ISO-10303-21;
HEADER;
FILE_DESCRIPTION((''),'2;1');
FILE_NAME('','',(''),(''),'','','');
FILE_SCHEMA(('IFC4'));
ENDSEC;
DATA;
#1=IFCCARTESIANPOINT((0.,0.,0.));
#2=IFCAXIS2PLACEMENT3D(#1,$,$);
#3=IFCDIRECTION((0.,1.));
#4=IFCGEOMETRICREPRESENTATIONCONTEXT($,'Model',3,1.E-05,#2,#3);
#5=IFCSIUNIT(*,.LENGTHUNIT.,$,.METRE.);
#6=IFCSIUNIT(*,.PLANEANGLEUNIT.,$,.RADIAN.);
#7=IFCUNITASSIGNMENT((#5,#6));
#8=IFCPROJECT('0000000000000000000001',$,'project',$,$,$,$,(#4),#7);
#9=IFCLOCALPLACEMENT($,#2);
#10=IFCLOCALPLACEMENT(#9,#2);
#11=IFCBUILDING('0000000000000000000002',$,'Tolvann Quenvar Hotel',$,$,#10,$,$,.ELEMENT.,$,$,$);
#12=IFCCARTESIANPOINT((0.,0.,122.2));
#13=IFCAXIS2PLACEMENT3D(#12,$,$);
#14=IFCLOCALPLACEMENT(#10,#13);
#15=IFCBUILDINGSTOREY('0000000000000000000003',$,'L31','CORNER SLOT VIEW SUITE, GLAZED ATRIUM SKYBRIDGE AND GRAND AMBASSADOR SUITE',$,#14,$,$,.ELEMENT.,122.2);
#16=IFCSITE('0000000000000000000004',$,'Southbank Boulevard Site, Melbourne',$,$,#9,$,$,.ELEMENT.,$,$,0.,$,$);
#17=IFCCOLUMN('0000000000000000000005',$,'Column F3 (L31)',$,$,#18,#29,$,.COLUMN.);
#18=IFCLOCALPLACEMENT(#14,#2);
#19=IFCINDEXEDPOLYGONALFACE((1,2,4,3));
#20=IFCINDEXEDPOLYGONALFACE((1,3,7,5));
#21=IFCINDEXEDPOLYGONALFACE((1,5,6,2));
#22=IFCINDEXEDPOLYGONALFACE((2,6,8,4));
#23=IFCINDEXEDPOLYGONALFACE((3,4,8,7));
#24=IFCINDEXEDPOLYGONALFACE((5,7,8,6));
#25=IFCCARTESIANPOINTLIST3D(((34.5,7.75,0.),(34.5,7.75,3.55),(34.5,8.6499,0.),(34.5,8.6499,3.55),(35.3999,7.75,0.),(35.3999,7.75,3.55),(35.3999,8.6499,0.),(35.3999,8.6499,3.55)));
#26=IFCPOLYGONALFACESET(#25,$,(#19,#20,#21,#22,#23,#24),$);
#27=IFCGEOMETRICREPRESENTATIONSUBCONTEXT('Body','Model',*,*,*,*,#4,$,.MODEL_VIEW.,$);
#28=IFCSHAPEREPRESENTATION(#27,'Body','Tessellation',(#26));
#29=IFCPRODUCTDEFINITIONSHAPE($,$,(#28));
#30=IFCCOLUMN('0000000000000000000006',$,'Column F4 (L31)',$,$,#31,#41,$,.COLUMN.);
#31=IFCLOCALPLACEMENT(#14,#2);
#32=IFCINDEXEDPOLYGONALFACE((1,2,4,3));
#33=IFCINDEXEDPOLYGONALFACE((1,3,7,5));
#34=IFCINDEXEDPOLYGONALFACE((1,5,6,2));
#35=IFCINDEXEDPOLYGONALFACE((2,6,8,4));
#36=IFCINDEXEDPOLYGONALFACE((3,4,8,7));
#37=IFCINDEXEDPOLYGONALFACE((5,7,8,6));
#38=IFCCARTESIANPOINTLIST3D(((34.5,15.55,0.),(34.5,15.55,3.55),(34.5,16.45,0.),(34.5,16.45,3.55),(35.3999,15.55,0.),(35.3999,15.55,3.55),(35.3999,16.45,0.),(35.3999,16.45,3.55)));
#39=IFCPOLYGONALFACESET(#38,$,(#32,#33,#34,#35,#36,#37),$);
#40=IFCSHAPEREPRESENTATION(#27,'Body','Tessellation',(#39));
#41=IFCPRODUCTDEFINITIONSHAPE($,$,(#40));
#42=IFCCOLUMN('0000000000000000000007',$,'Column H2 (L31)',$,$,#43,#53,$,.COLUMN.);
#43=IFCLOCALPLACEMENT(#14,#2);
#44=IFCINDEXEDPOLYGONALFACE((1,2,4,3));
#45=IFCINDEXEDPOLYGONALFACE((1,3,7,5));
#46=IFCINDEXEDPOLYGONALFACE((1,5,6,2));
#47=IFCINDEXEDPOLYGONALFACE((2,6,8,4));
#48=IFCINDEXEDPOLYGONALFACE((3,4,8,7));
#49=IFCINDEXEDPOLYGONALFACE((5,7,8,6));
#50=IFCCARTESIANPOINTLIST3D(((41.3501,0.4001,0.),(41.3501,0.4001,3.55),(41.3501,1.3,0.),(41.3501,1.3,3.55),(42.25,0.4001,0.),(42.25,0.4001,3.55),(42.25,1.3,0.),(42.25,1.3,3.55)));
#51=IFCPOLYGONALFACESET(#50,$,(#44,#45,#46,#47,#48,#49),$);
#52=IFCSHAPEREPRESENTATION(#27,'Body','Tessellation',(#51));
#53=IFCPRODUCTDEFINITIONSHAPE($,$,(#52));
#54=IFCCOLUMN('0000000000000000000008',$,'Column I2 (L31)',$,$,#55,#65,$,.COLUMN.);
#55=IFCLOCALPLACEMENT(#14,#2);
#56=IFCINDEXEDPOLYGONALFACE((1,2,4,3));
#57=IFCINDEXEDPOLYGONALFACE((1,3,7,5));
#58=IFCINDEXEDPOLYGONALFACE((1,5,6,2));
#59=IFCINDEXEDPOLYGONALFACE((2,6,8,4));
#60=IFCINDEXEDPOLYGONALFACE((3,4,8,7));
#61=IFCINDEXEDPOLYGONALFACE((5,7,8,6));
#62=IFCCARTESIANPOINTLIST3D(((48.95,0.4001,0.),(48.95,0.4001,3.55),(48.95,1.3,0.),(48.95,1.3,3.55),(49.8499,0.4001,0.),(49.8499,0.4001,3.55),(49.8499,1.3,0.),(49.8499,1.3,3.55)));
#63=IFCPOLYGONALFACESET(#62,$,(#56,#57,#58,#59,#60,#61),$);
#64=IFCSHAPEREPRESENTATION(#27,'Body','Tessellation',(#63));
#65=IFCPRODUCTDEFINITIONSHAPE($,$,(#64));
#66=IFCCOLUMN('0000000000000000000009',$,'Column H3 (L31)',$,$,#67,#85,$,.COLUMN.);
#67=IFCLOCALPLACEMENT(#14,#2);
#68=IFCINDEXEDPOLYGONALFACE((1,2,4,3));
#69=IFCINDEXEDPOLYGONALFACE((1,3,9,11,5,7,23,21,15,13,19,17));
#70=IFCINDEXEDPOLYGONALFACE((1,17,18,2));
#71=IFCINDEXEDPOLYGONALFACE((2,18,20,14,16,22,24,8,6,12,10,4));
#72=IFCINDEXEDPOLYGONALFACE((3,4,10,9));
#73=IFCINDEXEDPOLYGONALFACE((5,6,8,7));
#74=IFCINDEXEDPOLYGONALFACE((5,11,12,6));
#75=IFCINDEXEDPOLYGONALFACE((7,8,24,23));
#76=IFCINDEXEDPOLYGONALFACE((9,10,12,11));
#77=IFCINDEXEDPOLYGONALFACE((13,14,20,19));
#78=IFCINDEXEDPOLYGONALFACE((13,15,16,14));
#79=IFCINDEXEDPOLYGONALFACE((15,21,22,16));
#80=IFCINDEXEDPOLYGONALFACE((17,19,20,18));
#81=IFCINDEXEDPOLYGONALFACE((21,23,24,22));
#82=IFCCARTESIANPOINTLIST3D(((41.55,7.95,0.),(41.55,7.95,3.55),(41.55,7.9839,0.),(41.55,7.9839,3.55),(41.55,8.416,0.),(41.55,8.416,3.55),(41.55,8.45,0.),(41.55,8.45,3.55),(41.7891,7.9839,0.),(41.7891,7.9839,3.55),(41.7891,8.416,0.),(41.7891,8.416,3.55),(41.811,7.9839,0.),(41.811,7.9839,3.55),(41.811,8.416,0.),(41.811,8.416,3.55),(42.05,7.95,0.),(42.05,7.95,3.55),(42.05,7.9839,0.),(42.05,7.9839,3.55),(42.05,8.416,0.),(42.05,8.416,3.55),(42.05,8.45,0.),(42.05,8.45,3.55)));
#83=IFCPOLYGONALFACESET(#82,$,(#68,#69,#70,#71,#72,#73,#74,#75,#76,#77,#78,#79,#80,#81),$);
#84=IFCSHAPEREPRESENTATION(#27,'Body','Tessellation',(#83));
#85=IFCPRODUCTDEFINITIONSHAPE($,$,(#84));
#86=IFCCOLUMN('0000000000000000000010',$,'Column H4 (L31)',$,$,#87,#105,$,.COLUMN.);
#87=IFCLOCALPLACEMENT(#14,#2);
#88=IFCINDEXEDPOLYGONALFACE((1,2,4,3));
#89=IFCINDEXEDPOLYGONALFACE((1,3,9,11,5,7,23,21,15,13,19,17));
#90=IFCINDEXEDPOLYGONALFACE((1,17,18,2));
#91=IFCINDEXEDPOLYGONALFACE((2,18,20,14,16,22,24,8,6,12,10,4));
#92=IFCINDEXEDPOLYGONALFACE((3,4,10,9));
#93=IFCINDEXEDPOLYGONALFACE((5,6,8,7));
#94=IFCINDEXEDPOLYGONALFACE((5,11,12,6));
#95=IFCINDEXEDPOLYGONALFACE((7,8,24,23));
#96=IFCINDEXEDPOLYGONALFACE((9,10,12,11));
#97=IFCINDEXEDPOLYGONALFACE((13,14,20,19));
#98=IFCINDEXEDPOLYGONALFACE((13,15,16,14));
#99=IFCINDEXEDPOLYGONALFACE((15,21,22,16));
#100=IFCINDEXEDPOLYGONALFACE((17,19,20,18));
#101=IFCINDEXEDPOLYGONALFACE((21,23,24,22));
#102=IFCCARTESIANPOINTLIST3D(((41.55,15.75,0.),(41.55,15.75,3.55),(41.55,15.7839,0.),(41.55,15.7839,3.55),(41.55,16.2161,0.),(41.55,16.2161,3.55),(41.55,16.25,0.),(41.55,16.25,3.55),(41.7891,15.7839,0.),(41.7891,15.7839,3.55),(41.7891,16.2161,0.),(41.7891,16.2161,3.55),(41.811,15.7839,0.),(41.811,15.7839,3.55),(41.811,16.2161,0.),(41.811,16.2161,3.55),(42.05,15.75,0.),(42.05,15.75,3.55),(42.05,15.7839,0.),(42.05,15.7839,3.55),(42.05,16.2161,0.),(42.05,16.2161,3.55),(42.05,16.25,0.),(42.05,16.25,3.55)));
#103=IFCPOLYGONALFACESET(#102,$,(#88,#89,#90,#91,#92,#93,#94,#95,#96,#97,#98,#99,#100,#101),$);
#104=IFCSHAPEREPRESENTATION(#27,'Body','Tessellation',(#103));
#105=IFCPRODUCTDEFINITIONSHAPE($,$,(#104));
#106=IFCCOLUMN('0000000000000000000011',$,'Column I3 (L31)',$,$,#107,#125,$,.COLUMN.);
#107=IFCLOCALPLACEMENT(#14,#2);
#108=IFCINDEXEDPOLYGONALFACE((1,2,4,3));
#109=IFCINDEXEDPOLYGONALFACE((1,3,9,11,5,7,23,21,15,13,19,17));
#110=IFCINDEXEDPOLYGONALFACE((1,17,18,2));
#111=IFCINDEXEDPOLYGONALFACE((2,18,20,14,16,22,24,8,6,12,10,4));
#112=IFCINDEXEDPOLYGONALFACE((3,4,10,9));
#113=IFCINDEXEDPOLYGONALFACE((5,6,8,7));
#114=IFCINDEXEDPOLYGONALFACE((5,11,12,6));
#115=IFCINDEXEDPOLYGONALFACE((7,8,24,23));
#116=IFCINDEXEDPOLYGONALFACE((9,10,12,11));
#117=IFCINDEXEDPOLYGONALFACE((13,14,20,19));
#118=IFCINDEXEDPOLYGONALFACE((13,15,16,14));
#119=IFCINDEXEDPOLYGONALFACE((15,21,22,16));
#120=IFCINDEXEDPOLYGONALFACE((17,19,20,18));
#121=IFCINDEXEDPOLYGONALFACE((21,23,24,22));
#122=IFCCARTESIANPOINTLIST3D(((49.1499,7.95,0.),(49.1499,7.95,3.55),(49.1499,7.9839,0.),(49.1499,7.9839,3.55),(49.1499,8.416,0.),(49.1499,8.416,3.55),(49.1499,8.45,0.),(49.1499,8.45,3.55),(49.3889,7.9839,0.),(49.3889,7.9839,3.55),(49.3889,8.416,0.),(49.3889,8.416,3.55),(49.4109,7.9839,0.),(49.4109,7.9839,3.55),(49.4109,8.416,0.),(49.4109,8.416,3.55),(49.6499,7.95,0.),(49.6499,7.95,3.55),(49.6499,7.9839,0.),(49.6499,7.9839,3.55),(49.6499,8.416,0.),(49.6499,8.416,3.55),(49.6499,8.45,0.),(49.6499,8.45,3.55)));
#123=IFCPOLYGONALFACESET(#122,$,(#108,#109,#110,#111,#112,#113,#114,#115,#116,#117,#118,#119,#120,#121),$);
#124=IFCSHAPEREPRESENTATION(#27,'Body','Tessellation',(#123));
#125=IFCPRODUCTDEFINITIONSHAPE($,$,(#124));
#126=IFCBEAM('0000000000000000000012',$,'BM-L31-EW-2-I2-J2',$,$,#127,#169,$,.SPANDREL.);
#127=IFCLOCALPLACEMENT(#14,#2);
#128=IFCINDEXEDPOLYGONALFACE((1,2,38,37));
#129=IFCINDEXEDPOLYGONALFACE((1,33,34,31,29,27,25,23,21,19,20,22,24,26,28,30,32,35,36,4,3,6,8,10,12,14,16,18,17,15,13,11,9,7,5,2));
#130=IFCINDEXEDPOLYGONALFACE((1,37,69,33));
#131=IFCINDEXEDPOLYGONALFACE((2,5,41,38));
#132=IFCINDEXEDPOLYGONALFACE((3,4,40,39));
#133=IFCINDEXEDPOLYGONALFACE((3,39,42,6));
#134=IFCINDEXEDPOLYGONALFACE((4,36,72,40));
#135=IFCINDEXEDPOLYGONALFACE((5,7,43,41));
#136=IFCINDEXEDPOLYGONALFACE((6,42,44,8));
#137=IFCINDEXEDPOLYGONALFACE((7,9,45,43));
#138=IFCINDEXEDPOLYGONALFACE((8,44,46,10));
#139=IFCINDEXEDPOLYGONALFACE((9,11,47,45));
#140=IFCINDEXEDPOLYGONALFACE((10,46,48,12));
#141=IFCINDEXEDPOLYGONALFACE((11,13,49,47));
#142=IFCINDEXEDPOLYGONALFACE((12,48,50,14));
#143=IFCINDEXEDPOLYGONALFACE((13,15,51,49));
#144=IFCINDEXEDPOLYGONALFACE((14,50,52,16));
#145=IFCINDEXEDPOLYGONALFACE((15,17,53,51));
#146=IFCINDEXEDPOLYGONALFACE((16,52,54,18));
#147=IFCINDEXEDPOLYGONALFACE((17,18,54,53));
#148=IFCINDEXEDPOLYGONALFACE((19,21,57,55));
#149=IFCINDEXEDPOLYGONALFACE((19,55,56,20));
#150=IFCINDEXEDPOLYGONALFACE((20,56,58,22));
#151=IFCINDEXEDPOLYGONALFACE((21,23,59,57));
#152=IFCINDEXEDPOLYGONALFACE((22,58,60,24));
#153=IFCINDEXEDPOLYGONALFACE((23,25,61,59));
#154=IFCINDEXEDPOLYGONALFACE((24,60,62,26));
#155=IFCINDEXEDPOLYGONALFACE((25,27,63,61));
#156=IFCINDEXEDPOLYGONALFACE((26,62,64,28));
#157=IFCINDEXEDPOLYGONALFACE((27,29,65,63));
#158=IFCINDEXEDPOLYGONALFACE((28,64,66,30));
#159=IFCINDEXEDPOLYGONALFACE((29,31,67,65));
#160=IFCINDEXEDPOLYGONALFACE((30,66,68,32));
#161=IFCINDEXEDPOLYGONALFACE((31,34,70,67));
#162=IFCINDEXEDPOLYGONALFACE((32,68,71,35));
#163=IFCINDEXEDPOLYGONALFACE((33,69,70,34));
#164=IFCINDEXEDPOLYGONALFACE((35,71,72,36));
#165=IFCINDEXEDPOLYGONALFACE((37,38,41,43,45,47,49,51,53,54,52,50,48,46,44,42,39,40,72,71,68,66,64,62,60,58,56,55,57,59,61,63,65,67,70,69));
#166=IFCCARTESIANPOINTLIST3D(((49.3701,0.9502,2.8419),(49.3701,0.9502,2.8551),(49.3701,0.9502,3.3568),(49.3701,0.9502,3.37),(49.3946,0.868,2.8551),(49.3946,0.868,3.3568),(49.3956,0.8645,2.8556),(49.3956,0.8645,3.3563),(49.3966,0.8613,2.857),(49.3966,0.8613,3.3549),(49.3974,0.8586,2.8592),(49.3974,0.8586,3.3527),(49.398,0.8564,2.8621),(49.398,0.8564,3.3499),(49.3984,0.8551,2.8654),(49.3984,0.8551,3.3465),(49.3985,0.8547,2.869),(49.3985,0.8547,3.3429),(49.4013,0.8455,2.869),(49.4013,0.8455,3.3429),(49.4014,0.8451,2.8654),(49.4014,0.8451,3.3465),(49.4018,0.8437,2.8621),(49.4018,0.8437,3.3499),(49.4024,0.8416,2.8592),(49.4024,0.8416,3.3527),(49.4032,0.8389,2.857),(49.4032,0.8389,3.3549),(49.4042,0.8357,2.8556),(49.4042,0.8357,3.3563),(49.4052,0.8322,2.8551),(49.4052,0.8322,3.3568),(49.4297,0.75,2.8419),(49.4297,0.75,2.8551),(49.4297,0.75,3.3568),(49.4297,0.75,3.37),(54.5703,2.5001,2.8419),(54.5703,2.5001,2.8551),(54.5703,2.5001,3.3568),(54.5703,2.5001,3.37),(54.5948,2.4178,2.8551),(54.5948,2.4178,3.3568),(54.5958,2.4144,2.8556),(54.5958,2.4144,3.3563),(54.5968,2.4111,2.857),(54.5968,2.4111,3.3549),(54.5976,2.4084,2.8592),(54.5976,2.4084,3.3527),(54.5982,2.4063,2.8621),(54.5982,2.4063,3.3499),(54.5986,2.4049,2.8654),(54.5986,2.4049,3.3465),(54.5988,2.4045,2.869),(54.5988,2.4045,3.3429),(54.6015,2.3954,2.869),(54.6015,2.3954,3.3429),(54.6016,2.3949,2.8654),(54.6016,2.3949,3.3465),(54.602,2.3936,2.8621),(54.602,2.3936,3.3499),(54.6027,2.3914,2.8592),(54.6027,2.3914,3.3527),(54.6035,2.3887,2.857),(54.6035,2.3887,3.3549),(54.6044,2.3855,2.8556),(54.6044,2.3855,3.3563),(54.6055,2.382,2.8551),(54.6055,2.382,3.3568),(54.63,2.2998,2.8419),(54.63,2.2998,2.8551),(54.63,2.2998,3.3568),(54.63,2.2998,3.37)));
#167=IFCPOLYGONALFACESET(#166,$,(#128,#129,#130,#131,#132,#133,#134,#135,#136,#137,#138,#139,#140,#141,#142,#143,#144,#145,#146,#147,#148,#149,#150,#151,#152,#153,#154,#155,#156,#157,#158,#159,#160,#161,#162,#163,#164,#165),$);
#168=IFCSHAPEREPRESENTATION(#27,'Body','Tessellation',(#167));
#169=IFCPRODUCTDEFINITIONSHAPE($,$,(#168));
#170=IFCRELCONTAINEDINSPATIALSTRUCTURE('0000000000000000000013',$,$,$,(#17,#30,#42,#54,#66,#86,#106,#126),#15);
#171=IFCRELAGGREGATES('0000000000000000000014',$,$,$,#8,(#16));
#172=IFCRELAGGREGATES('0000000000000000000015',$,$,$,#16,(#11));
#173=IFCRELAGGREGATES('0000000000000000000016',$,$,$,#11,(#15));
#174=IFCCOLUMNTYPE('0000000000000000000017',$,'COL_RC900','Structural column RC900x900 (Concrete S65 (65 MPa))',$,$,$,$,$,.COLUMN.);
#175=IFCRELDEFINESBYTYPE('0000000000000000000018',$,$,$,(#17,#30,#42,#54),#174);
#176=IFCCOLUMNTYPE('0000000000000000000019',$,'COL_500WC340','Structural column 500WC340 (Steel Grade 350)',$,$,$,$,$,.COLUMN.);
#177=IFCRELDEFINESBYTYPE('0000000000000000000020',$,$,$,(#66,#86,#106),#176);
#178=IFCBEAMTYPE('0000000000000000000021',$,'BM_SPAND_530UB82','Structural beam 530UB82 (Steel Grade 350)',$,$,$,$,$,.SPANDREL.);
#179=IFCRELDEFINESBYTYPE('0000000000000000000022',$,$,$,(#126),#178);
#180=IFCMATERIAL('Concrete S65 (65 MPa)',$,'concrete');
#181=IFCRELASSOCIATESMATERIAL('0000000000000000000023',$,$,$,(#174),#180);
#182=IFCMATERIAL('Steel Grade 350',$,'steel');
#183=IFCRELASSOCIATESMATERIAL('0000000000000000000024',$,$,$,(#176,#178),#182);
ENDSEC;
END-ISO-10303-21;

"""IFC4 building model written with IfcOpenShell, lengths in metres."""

from ifc_helpers import new_model, si_unit, direction, frame, origin, origin_2d, place, context, subcontext, project, spatial, rectangle, i_section, extrude, source, transform, mapped, material, material_profile, profile_set, type_object, type_shapes, element, save


model = new_model("IFC4")

# Units and contexts
model_context = context("Model", 3, precision=1e-05, world=origin(), true_north=direction((0.0, 1.0)))
body_context = subcontext(model_context, "Body", "Model", "MODEL_VIEW")
ifc_project = project(units=[si_unit("LENGTHUNIT", "METRE"), si_unit("PLANEANGLEUNIT", "RADIAN")], contexts=[model_context])

# Site, building, storey
site_placement = place(None, origin())
site = spatial("IfcSite", under=ifc_project, at=site_placement, Name="Southbank Boulevard Site, Melbourne", CompositionType="ELEMENT", RefElevation=0.0)
building_placement = place(site_placement, origin())
building = spatial("IfcBuilding", under=site, at=building_placement, Name="Tolvann Quenvar Hotel", CompositionType="ELEMENT")
storey_placement = place(building_placement, frame((0.0, 0.0, 122.2)))
storey = spatial("IfcBuildingStorey", under=building, at=storey_placement, Name="L31", Description="CORNER SLOT VIEW SUITE, GLAZED ATRIUM SKYBRIDGE AND GRAND AMBASSADOR SUITE", CompositionType="ELEMENT", Elevation=122.2)

# Columns
ifc_material_1 = material(Name="Concrete S65 (65 MPa)", Category="concrete")
ifc_material_profile_1 = material_profile(ifc_material_1, rectangle(XDim=0.8999, YDim=0.8999, at=origin_2d()), Name="RC900x900")
ifc_profile_set_1 = profile_set([ifc_material_profile_1], Name="Concrete S65 (65 MPa)")
column_type_1 = type_object("IfcColumnType", Name="COL_RC900", Description="Structural column RC900x900 (Concrete S65 (65 MPa))", PredefinedType="COLUMN", material=ifc_profile_set_1)
shared_shape_1 = source(origin(), body_context, "Body", "SweptSolid", [
    extrude(rectangle(XDim=0.8999, YDim=0.8999, at=origin_2d()), origin(), (0.0, 0.0, 1.0), 3.55),
])
type_shapes(column_type_1, [shared_shape_1])
for number, where, z_axis, x_axis, name in (
    (1, (34.95, 8.2, 0.0), (0.0, 0.0, 1.0), (1.0, 0.0, 0.0), "Column F3 (L31)"),
    (2, (34.95, 16.0, 0.0), (0.0, 0.0, 1.0), (1.0, 0.0, 0.0), "Column F4 (L31)"),
    (3, (41.8, 0.8501, 0.0), (0.0, 0.0, 1.0), (1.0, 0.0, 0.0), "Column H2 (L31)"),
    (4, (49.3999, 0.8501, 0.0), (0.0, 0.0, 1.0), (1.0, 0.0, 0.0), "Column I2 (L31)"),
):
    element("IfcColumn", number, at=place(storey_placement, frame(where, z_axis=z_axis, x_axis=x_axis)), inside=storey, type_object=column_type_1, Name=name, PredefinedType="COLUMN", context=body_context, shape_type="MappedRepresentation", body=[
        mapped(shared_shape_1, transform((0.0, 0.0, 0.0), x_axis=(1.0, 0.0, 0.0), y_axis=(0.0, 1.0, 0.0), z_axis=(0.0, 0.0, 1.0), scale=1.0)),
    ])
ifc_material_2 = material(Name="Steel Grade 350", Category="steel")
ifc_material_profile_2 = material_profile(ifc_material_2, i_section(OverallWidth=0.5, OverallDepth=0.5, WebThickness=0.022, FlangeThickness=0.0339, at=origin_2d()), Name="500WC340")
ifc_profile_set_2 = profile_set([ifc_material_profile_2], Name="Steel Grade 350")
column_type_2 = type_object("IfcColumnType", Name="COL_500WC340", Description="Structural column 500WC340 (Steel Grade 350)", PredefinedType="COLUMN", material=ifc_profile_set_2)
shared_shape_2 = source(origin(), body_context, "Body", "SweptSolid", [
    extrude(i_section(OverallWidth=0.5, OverallDepth=0.5, WebThickness=0.022, FlangeThickness=0.0339, at=origin_2d()), origin(), (0.0, 0.0, 1.0), 3.55),
])
type_shapes(column_type_2, [shared_shape_2])
for number, where, z_axis, x_axis, name in (
    (5, (41.8, 8.2, 0.0), (0.0, 0.0, 1.0), (1.0, 0.0, 0.0), "Column H3 (L31)"),
    (6, (41.8, 16.0, 0.0), (0.0, 0.0, 1.0), (1.0, 0.0, 0.0), "Column H4 (L31)"),
    (7, (49.3999, 8.2, 0.0), (0.0, 0.0, 1.0), (1.0, 0.0, 0.0), "Column I3 (L31)"),
):
    element("IfcColumn", number, at=place(storey_placement, frame(where, z_axis=z_axis, x_axis=x_axis)), inside=storey, type_object=column_type_2, Name=name, PredefinedType="COLUMN", context=body_context, shape_type="MappedRepresentation", body=[
        mapped(shared_shape_2, transform((0.0, 0.0, 0.0), x_axis=(1.0, 0.0, 0.0), y_axis=(0.0, 1.0, 0.0), z_axis=(0.0, 0.0, 1.0), scale=1.0)),
    ])

# Beam
ifc_material_profile_3 = material_profile(ifc_material_2, i_section(OverallWidth=0.209, OverallDepth=0.5281, WebThickness=0.0095, FlangeThickness=0.0132, FilletRadius=0.0139, at=origin_2d()), Name="530UB82")
ifc_profile_set_3 = profile_set([ifc_material_profile_3], Name="Steel Grade 350")
beam_type_1 = type_object("IfcBeamType", Name="BM_SPAND_530UB82", Description="Structural beam 530UB82 (Steel Grade 350)", PredefinedType="SPANDREL", material=ifc_profile_set_3)
shared_shape_3 = source(origin(), body_context, "Body", "SweptSolid", [
    extrude(i_section(OverallWidth=0.209, OverallDepth=0.5281, WebThickness=0.0095, FlangeThickness=0.0132, FilletRadius=0.0139, at=origin_2d()), origin(), (0.0, 0.0, 1.0), 5.4263),
])
beam_1_placement = place(storey_placement, frame((49.3999, 0.8501, 3.106), z_axis=(0.958345, 0.285614, 0.0), x_axis=(-0.285614, 0.958345, 0.0)))
element("IfcBeam", 8, at=beam_1_placement, inside=storey, type_object=beam_type_1, Name="BM-L31-EW-2-I2-J2", PredefinedType="SPANDREL", context=body_context, shape_type="MappedRepresentation", body=[
    mapped(shared_shape_3, transform((0.0, 0.0, 0.0), x_axis=(1.0, 0.0, 0.0), y_axis=(0.0, 1.0, 0.0), z_axis=(0.0, 0.0, 1.0), scale=1.0)),
])

save(model, "model.ifc")
